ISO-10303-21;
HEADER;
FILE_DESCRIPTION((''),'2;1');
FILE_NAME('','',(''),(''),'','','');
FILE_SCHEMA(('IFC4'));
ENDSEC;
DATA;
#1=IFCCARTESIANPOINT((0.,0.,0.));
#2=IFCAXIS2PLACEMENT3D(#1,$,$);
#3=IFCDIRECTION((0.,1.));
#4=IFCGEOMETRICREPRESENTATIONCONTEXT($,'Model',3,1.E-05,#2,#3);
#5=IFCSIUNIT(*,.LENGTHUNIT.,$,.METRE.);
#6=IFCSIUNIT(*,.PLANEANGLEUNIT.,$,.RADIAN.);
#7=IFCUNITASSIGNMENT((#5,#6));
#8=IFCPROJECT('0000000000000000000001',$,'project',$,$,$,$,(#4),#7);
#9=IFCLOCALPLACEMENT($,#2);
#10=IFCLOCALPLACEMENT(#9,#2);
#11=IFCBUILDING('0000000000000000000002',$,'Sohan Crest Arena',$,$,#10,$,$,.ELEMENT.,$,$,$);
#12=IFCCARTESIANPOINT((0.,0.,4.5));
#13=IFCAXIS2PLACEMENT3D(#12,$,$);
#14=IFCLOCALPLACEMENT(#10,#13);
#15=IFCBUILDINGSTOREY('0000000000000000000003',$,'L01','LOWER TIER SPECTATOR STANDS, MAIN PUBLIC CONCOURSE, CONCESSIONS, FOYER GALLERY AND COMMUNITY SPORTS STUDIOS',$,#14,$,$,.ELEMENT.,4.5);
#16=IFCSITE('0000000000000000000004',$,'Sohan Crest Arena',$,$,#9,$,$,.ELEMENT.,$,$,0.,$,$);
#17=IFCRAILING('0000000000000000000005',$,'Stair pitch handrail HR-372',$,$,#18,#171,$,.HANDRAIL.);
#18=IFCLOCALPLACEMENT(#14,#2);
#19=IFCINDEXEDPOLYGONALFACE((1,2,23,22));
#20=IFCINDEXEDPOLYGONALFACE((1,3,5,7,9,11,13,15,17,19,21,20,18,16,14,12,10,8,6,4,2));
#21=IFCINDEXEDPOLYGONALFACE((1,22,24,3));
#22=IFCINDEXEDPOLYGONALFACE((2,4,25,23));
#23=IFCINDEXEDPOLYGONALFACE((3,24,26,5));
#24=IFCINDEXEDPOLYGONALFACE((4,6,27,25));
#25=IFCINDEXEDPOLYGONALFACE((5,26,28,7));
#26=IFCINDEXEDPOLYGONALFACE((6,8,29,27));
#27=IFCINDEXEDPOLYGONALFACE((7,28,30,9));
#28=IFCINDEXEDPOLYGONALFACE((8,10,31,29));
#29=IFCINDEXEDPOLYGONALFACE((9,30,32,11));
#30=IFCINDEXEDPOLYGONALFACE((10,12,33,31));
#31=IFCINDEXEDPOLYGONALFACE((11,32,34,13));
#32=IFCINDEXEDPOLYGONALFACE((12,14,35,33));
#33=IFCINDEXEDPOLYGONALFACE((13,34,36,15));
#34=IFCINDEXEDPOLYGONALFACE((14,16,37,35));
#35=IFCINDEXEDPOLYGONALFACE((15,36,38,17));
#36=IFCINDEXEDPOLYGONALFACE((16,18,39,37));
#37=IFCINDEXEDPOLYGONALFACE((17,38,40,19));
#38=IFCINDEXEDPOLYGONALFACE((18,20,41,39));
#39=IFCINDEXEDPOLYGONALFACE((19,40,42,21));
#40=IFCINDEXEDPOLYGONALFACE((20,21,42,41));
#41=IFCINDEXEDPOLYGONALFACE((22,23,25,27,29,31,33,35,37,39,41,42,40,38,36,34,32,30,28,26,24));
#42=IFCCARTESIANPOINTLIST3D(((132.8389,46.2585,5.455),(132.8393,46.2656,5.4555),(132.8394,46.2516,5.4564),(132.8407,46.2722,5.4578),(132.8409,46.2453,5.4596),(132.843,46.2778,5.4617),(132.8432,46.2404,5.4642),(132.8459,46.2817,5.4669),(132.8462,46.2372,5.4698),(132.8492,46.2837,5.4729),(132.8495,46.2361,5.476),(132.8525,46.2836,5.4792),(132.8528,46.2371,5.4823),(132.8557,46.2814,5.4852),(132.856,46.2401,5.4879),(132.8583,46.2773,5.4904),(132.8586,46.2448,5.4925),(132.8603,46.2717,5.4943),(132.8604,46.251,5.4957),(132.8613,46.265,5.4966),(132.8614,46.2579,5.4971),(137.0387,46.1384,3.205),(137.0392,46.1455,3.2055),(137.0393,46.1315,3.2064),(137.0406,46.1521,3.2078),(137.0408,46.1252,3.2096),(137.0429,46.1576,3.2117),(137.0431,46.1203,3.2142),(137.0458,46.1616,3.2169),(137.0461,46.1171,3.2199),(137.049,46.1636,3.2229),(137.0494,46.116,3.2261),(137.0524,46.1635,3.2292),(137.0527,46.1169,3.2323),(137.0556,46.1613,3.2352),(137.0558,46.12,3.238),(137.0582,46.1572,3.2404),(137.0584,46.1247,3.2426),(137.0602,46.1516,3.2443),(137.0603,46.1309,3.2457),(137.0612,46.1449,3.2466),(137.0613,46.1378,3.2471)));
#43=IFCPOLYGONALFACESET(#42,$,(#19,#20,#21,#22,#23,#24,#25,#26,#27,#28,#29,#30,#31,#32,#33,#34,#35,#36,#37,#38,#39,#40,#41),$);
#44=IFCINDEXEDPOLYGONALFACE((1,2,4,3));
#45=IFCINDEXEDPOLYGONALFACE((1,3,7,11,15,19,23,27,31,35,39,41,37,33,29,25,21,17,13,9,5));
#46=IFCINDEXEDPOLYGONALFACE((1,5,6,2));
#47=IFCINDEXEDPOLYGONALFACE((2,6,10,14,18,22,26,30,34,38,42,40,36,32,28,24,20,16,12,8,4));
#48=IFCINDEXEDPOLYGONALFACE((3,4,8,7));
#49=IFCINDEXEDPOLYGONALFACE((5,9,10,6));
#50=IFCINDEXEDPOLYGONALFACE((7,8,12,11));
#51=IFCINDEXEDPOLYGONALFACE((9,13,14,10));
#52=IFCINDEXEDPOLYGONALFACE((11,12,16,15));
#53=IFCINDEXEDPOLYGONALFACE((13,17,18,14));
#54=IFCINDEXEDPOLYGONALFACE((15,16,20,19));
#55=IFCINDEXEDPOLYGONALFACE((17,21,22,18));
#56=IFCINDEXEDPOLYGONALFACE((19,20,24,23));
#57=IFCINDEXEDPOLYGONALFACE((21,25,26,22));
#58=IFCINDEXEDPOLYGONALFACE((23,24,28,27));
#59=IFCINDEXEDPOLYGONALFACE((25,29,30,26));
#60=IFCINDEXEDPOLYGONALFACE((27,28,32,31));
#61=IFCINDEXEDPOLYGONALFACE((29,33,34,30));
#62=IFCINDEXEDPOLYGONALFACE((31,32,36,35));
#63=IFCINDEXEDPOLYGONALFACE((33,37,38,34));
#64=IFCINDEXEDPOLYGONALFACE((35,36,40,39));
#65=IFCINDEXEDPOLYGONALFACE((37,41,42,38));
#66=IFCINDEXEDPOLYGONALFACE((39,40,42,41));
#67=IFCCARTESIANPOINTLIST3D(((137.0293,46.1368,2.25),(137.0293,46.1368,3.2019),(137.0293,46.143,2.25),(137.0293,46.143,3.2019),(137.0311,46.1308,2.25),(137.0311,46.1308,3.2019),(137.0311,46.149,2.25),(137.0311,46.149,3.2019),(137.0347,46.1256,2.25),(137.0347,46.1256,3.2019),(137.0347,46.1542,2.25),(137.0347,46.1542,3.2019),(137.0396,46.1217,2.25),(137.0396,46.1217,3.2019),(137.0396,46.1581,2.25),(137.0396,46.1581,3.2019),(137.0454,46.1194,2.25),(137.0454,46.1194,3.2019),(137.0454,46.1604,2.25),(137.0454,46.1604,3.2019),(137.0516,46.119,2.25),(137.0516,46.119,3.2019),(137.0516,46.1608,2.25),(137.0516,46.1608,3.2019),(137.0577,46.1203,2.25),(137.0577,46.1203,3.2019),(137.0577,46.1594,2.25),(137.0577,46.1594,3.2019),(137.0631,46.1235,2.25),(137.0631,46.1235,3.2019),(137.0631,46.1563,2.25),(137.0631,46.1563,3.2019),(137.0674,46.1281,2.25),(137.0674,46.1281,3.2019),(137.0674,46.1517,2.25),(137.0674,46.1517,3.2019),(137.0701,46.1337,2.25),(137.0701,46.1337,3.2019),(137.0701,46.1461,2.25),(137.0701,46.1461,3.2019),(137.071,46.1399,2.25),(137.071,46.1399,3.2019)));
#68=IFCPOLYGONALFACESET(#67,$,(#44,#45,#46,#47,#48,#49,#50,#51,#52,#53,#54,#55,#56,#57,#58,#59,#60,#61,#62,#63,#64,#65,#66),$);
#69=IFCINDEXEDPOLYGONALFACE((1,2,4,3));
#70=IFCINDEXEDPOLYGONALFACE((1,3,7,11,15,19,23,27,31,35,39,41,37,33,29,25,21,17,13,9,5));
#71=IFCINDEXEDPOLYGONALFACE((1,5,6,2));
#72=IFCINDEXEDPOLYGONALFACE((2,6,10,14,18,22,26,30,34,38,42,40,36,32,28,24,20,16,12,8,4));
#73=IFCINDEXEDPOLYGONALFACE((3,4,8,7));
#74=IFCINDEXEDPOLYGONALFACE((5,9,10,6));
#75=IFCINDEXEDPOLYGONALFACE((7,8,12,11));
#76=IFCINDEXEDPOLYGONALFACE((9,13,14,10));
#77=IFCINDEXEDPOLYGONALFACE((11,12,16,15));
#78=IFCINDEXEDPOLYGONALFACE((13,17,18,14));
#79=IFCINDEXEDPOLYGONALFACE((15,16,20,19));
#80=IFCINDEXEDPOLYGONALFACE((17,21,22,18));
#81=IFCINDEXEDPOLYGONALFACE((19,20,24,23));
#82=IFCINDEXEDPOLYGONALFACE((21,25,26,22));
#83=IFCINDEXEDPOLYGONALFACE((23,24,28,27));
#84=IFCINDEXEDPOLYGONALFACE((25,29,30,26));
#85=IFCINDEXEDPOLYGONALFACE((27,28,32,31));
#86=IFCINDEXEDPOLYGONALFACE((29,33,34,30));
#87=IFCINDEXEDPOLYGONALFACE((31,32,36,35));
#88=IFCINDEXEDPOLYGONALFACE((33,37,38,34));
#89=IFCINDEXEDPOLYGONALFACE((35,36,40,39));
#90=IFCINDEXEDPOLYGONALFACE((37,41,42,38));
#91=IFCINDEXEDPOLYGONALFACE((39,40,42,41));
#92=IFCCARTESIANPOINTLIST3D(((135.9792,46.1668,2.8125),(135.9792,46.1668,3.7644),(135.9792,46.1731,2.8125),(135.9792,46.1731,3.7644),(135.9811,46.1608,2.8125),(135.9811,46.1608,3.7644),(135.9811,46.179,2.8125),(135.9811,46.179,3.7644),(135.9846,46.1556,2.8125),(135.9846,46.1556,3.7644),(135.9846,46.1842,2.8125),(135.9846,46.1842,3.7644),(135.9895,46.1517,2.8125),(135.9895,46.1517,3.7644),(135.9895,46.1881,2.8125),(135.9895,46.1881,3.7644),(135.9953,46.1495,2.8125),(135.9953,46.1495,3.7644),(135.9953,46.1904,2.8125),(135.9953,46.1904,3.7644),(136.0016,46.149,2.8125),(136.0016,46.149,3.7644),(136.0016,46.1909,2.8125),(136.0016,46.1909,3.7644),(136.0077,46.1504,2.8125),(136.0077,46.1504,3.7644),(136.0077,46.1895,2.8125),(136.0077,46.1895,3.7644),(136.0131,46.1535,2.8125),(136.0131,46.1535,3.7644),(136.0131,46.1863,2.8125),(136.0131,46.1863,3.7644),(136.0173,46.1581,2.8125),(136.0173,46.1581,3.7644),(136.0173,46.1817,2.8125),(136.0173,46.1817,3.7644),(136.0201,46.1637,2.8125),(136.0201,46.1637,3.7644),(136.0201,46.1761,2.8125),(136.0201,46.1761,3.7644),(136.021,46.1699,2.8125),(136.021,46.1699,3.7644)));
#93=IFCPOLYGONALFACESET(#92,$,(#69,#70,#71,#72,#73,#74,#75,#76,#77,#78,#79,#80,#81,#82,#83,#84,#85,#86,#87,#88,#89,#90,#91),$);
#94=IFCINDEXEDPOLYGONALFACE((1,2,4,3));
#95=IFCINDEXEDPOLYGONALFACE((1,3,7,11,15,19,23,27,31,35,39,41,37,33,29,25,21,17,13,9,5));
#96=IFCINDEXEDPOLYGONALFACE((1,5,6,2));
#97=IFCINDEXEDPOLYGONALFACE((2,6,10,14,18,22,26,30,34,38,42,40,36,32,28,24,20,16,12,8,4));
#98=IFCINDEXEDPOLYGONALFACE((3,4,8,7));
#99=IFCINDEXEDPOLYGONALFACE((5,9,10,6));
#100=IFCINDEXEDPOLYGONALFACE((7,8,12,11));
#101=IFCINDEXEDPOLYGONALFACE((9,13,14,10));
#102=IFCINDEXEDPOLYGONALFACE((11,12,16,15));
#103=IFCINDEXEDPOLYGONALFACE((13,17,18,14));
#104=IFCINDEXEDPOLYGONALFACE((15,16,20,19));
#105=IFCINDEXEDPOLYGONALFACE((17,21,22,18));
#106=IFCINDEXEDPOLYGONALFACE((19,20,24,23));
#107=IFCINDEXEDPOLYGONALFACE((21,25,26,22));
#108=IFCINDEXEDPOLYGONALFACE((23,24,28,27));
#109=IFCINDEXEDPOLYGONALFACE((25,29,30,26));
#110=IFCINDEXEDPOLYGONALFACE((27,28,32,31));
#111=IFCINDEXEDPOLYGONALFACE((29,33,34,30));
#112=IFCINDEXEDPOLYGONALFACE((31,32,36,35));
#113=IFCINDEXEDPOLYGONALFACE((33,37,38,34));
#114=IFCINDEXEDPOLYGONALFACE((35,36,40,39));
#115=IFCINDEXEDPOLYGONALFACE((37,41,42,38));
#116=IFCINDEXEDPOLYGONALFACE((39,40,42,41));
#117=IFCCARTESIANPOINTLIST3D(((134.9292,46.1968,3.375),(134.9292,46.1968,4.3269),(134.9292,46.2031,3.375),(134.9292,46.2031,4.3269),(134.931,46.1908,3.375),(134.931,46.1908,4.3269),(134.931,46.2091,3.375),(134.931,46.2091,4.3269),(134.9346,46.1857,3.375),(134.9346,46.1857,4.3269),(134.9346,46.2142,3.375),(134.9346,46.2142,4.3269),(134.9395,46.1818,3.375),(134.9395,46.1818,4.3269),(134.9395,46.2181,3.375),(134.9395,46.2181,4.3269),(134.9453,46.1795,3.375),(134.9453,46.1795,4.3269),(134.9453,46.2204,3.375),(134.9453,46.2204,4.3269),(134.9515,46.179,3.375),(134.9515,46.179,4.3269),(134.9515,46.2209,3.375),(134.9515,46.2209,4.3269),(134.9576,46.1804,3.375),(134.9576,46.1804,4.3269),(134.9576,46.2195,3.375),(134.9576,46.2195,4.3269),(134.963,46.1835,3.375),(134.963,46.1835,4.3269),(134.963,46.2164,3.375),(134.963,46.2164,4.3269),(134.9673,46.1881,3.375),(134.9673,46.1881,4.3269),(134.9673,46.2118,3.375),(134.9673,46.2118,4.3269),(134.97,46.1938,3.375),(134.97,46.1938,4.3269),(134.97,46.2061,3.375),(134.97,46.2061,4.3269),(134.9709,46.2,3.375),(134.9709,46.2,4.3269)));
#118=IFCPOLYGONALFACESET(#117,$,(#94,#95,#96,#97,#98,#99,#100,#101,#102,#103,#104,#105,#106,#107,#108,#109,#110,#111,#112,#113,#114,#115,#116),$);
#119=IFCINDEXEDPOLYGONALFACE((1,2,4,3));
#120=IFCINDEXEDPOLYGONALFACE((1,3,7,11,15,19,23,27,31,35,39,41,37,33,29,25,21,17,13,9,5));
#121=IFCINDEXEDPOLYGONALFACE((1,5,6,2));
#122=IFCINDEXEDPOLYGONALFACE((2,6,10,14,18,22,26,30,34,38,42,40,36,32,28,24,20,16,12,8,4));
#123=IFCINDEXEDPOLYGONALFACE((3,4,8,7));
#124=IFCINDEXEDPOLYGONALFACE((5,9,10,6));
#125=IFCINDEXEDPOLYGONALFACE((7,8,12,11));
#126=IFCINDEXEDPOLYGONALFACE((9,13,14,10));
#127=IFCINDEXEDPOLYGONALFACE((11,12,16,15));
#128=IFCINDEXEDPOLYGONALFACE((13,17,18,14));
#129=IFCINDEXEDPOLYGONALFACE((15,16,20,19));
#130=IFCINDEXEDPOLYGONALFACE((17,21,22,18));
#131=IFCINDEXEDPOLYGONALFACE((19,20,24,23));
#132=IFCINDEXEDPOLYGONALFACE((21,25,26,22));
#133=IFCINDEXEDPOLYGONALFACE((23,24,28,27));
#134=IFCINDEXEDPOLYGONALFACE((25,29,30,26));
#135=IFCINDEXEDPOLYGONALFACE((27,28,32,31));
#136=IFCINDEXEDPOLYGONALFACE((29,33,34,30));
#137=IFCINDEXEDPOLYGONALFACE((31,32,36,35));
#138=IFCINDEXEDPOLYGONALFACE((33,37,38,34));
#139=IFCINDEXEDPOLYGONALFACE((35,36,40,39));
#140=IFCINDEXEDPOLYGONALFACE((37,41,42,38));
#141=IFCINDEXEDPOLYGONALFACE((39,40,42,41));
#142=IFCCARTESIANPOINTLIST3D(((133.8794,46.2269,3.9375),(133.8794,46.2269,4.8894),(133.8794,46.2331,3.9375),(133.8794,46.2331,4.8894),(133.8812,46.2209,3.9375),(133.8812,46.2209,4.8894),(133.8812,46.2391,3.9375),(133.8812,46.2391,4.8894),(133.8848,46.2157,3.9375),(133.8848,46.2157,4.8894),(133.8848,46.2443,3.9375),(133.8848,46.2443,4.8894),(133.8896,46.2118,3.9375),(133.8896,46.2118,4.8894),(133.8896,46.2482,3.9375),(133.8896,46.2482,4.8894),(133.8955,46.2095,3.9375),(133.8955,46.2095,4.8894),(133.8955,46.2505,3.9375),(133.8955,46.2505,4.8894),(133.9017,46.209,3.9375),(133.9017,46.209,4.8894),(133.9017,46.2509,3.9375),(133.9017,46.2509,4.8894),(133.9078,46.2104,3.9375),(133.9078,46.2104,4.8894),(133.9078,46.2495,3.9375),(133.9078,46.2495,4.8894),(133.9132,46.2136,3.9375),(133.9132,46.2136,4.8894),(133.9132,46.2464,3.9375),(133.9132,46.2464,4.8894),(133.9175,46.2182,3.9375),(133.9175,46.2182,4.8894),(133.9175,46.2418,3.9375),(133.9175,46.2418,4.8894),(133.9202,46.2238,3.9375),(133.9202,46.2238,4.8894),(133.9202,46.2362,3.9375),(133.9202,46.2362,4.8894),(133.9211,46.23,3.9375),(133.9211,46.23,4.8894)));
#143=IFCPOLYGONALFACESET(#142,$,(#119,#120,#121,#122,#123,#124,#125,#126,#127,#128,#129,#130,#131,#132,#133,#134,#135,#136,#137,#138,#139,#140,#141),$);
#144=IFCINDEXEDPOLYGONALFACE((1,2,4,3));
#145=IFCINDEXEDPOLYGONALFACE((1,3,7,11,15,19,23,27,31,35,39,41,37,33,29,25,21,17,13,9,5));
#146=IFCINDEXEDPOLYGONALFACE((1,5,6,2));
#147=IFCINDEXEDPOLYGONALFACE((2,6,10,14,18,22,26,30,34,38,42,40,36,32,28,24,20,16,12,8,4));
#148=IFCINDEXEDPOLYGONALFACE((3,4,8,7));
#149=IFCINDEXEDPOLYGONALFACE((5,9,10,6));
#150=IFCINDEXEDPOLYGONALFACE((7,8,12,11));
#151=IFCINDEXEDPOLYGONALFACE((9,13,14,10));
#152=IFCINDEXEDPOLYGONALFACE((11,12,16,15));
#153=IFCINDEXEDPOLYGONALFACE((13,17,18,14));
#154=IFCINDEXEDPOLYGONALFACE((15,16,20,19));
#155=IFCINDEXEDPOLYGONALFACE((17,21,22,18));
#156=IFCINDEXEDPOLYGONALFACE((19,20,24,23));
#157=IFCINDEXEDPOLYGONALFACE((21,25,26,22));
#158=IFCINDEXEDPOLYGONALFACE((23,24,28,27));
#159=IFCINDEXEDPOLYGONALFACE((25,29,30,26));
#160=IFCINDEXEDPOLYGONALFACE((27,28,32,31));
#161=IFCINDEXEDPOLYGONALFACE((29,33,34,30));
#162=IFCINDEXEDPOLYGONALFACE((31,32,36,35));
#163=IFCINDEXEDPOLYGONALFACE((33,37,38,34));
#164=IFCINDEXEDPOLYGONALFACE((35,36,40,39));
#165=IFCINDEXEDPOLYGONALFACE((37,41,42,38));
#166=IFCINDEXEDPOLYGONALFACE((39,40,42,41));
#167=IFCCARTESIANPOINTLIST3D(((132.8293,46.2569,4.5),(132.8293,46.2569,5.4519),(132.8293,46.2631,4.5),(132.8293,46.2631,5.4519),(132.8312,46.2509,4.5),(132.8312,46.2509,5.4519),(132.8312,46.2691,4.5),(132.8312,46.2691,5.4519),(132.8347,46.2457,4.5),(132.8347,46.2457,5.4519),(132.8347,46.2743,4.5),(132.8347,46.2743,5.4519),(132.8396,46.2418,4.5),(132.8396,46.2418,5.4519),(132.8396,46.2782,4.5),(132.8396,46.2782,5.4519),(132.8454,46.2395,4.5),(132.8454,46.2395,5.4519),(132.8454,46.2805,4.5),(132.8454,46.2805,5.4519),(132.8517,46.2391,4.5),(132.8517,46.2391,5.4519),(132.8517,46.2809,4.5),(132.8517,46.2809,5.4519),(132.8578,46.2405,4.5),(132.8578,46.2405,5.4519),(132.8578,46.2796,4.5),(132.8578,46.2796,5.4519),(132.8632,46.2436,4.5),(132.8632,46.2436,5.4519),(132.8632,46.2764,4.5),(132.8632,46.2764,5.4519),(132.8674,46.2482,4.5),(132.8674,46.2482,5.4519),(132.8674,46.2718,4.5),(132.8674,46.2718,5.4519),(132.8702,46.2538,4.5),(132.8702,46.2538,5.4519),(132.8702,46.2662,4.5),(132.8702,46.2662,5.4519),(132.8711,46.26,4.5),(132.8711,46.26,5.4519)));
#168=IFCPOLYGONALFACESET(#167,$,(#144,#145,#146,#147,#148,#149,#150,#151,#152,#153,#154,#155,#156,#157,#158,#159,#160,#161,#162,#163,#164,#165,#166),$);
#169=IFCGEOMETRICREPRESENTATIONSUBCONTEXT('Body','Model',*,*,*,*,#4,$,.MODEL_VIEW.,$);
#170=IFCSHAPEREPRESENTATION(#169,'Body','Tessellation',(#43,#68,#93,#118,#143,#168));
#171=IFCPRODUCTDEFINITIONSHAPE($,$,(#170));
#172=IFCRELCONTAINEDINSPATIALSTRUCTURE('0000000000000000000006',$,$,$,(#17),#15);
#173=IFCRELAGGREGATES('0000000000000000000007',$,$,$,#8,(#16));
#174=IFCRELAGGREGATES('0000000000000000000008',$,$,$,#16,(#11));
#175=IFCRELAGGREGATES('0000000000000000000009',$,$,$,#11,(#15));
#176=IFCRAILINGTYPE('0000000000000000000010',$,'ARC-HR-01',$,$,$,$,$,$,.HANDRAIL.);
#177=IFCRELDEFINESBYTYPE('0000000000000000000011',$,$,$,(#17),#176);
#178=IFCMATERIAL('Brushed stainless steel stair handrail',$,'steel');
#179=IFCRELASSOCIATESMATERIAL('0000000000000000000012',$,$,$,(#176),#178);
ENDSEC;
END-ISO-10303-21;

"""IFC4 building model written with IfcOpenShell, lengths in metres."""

from ifc_helpers import new_model, si_unit, direction, frame, origin, origin_2d, place, context, subcontext, project, spatial, circle, extrude, material, type_object, element, save


model = new_model("IFC4")

# Units and contexts
model_context = context("Model", 3, precision=1e-05, world=origin(), true_north=direction((0.0, 1.0)))
body_context = subcontext(model_context, "Body", "Model", "MODEL_VIEW")
ifc_project = project(units=[si_unit("LENGTHUNIT", "METRE"), si_unit("PLANEANGLEUNIT", "RADIAN")], contexts=[model_context])

# Site, building, storey
site_placement = place(None, origin())
site = spatial("IfcSite", under=ifc_project, at=site_placement, Name="Sohan Crest Arena", CompositionType="ELEMENT", RefElevation=0.0)
building_placement = place(site_placement, origin())
building = spatial("IfcBuilding", under=site, at=building_placement, Name="Sohan Crest Arena", CompositionType="ELEMENT")
storey_placement = place(building_placement, frame((0.0, 0.0, 4.5)))
storey = spatial("IfcBuildingStorey", under=building, at=storey_placement, Name="L01", Description="LOWER TIER SPECTATOR STANDS, MAIN PUBLIC CONCOURSE, CONCESSIONS, FOYER GALLERY AND COMMUNITY SPORTS STUDIOS", CompositionType="ELEMENT", Elevation=4.5)

# Railing
ifc_material_1 = material(Name="Brushed stainless steel stair handrail", Category="steel")
railing_type = type_object("IfcRailingType", Name="ARC-HR-01", PredefinedType="HANDRAIL", material=ifc_material_1)
railing_placement = place(storey_placement, frame((137.05, 46.1399, 2.25)))
element("IfcRailing", 1, at=railing_placement, inside=storey, type_object=railing_type, Name="Stair pitch handrail HR-372", PredefinedType="HANDRAIL", context=body_context, shape_type="SweptSolid", body=[
    extrude(circle(Radius=0.0239, at=origin_2d()), frame((0.0, 0.0, 0.9761), z_axis=(-0.881198, 0.025202, 0.472076), x_axis=(-0.028588, -0.999591, 0.0)), (0.0, 0.0, 1.0), 4.7661),
    extrude(circle(Radius=0.021, at=origin_2d()), origin(), (0.0, 0.0, 1.0), 0.9519),
    extrude(circle(Radius=0.021, at=origin_2d()), frame((-1.05, 0.03, 0.5625)), (0.0, 0.0, 1.0), 0.9519),
    extrude(circle(Radius=0.021, at=origin_2d()), frame((-2.1001, 0.0601, 1.125)), (0.0, 0.0, 1.0), 0.9519),
    extrude(circle(Radius=0.021, at=origin_2d()), frame((-3.1499, 0.0901, 1.6875)), (0.0, 0.0, 1.0), 0.9519),
    extrude(circle(Radius=0.021, at=origin_2d()), frame((-4.2, 0.1201, 2.25)), (0.0, 0.0, 1.0), 0.9519),
])

save(model, "model.ifc")
